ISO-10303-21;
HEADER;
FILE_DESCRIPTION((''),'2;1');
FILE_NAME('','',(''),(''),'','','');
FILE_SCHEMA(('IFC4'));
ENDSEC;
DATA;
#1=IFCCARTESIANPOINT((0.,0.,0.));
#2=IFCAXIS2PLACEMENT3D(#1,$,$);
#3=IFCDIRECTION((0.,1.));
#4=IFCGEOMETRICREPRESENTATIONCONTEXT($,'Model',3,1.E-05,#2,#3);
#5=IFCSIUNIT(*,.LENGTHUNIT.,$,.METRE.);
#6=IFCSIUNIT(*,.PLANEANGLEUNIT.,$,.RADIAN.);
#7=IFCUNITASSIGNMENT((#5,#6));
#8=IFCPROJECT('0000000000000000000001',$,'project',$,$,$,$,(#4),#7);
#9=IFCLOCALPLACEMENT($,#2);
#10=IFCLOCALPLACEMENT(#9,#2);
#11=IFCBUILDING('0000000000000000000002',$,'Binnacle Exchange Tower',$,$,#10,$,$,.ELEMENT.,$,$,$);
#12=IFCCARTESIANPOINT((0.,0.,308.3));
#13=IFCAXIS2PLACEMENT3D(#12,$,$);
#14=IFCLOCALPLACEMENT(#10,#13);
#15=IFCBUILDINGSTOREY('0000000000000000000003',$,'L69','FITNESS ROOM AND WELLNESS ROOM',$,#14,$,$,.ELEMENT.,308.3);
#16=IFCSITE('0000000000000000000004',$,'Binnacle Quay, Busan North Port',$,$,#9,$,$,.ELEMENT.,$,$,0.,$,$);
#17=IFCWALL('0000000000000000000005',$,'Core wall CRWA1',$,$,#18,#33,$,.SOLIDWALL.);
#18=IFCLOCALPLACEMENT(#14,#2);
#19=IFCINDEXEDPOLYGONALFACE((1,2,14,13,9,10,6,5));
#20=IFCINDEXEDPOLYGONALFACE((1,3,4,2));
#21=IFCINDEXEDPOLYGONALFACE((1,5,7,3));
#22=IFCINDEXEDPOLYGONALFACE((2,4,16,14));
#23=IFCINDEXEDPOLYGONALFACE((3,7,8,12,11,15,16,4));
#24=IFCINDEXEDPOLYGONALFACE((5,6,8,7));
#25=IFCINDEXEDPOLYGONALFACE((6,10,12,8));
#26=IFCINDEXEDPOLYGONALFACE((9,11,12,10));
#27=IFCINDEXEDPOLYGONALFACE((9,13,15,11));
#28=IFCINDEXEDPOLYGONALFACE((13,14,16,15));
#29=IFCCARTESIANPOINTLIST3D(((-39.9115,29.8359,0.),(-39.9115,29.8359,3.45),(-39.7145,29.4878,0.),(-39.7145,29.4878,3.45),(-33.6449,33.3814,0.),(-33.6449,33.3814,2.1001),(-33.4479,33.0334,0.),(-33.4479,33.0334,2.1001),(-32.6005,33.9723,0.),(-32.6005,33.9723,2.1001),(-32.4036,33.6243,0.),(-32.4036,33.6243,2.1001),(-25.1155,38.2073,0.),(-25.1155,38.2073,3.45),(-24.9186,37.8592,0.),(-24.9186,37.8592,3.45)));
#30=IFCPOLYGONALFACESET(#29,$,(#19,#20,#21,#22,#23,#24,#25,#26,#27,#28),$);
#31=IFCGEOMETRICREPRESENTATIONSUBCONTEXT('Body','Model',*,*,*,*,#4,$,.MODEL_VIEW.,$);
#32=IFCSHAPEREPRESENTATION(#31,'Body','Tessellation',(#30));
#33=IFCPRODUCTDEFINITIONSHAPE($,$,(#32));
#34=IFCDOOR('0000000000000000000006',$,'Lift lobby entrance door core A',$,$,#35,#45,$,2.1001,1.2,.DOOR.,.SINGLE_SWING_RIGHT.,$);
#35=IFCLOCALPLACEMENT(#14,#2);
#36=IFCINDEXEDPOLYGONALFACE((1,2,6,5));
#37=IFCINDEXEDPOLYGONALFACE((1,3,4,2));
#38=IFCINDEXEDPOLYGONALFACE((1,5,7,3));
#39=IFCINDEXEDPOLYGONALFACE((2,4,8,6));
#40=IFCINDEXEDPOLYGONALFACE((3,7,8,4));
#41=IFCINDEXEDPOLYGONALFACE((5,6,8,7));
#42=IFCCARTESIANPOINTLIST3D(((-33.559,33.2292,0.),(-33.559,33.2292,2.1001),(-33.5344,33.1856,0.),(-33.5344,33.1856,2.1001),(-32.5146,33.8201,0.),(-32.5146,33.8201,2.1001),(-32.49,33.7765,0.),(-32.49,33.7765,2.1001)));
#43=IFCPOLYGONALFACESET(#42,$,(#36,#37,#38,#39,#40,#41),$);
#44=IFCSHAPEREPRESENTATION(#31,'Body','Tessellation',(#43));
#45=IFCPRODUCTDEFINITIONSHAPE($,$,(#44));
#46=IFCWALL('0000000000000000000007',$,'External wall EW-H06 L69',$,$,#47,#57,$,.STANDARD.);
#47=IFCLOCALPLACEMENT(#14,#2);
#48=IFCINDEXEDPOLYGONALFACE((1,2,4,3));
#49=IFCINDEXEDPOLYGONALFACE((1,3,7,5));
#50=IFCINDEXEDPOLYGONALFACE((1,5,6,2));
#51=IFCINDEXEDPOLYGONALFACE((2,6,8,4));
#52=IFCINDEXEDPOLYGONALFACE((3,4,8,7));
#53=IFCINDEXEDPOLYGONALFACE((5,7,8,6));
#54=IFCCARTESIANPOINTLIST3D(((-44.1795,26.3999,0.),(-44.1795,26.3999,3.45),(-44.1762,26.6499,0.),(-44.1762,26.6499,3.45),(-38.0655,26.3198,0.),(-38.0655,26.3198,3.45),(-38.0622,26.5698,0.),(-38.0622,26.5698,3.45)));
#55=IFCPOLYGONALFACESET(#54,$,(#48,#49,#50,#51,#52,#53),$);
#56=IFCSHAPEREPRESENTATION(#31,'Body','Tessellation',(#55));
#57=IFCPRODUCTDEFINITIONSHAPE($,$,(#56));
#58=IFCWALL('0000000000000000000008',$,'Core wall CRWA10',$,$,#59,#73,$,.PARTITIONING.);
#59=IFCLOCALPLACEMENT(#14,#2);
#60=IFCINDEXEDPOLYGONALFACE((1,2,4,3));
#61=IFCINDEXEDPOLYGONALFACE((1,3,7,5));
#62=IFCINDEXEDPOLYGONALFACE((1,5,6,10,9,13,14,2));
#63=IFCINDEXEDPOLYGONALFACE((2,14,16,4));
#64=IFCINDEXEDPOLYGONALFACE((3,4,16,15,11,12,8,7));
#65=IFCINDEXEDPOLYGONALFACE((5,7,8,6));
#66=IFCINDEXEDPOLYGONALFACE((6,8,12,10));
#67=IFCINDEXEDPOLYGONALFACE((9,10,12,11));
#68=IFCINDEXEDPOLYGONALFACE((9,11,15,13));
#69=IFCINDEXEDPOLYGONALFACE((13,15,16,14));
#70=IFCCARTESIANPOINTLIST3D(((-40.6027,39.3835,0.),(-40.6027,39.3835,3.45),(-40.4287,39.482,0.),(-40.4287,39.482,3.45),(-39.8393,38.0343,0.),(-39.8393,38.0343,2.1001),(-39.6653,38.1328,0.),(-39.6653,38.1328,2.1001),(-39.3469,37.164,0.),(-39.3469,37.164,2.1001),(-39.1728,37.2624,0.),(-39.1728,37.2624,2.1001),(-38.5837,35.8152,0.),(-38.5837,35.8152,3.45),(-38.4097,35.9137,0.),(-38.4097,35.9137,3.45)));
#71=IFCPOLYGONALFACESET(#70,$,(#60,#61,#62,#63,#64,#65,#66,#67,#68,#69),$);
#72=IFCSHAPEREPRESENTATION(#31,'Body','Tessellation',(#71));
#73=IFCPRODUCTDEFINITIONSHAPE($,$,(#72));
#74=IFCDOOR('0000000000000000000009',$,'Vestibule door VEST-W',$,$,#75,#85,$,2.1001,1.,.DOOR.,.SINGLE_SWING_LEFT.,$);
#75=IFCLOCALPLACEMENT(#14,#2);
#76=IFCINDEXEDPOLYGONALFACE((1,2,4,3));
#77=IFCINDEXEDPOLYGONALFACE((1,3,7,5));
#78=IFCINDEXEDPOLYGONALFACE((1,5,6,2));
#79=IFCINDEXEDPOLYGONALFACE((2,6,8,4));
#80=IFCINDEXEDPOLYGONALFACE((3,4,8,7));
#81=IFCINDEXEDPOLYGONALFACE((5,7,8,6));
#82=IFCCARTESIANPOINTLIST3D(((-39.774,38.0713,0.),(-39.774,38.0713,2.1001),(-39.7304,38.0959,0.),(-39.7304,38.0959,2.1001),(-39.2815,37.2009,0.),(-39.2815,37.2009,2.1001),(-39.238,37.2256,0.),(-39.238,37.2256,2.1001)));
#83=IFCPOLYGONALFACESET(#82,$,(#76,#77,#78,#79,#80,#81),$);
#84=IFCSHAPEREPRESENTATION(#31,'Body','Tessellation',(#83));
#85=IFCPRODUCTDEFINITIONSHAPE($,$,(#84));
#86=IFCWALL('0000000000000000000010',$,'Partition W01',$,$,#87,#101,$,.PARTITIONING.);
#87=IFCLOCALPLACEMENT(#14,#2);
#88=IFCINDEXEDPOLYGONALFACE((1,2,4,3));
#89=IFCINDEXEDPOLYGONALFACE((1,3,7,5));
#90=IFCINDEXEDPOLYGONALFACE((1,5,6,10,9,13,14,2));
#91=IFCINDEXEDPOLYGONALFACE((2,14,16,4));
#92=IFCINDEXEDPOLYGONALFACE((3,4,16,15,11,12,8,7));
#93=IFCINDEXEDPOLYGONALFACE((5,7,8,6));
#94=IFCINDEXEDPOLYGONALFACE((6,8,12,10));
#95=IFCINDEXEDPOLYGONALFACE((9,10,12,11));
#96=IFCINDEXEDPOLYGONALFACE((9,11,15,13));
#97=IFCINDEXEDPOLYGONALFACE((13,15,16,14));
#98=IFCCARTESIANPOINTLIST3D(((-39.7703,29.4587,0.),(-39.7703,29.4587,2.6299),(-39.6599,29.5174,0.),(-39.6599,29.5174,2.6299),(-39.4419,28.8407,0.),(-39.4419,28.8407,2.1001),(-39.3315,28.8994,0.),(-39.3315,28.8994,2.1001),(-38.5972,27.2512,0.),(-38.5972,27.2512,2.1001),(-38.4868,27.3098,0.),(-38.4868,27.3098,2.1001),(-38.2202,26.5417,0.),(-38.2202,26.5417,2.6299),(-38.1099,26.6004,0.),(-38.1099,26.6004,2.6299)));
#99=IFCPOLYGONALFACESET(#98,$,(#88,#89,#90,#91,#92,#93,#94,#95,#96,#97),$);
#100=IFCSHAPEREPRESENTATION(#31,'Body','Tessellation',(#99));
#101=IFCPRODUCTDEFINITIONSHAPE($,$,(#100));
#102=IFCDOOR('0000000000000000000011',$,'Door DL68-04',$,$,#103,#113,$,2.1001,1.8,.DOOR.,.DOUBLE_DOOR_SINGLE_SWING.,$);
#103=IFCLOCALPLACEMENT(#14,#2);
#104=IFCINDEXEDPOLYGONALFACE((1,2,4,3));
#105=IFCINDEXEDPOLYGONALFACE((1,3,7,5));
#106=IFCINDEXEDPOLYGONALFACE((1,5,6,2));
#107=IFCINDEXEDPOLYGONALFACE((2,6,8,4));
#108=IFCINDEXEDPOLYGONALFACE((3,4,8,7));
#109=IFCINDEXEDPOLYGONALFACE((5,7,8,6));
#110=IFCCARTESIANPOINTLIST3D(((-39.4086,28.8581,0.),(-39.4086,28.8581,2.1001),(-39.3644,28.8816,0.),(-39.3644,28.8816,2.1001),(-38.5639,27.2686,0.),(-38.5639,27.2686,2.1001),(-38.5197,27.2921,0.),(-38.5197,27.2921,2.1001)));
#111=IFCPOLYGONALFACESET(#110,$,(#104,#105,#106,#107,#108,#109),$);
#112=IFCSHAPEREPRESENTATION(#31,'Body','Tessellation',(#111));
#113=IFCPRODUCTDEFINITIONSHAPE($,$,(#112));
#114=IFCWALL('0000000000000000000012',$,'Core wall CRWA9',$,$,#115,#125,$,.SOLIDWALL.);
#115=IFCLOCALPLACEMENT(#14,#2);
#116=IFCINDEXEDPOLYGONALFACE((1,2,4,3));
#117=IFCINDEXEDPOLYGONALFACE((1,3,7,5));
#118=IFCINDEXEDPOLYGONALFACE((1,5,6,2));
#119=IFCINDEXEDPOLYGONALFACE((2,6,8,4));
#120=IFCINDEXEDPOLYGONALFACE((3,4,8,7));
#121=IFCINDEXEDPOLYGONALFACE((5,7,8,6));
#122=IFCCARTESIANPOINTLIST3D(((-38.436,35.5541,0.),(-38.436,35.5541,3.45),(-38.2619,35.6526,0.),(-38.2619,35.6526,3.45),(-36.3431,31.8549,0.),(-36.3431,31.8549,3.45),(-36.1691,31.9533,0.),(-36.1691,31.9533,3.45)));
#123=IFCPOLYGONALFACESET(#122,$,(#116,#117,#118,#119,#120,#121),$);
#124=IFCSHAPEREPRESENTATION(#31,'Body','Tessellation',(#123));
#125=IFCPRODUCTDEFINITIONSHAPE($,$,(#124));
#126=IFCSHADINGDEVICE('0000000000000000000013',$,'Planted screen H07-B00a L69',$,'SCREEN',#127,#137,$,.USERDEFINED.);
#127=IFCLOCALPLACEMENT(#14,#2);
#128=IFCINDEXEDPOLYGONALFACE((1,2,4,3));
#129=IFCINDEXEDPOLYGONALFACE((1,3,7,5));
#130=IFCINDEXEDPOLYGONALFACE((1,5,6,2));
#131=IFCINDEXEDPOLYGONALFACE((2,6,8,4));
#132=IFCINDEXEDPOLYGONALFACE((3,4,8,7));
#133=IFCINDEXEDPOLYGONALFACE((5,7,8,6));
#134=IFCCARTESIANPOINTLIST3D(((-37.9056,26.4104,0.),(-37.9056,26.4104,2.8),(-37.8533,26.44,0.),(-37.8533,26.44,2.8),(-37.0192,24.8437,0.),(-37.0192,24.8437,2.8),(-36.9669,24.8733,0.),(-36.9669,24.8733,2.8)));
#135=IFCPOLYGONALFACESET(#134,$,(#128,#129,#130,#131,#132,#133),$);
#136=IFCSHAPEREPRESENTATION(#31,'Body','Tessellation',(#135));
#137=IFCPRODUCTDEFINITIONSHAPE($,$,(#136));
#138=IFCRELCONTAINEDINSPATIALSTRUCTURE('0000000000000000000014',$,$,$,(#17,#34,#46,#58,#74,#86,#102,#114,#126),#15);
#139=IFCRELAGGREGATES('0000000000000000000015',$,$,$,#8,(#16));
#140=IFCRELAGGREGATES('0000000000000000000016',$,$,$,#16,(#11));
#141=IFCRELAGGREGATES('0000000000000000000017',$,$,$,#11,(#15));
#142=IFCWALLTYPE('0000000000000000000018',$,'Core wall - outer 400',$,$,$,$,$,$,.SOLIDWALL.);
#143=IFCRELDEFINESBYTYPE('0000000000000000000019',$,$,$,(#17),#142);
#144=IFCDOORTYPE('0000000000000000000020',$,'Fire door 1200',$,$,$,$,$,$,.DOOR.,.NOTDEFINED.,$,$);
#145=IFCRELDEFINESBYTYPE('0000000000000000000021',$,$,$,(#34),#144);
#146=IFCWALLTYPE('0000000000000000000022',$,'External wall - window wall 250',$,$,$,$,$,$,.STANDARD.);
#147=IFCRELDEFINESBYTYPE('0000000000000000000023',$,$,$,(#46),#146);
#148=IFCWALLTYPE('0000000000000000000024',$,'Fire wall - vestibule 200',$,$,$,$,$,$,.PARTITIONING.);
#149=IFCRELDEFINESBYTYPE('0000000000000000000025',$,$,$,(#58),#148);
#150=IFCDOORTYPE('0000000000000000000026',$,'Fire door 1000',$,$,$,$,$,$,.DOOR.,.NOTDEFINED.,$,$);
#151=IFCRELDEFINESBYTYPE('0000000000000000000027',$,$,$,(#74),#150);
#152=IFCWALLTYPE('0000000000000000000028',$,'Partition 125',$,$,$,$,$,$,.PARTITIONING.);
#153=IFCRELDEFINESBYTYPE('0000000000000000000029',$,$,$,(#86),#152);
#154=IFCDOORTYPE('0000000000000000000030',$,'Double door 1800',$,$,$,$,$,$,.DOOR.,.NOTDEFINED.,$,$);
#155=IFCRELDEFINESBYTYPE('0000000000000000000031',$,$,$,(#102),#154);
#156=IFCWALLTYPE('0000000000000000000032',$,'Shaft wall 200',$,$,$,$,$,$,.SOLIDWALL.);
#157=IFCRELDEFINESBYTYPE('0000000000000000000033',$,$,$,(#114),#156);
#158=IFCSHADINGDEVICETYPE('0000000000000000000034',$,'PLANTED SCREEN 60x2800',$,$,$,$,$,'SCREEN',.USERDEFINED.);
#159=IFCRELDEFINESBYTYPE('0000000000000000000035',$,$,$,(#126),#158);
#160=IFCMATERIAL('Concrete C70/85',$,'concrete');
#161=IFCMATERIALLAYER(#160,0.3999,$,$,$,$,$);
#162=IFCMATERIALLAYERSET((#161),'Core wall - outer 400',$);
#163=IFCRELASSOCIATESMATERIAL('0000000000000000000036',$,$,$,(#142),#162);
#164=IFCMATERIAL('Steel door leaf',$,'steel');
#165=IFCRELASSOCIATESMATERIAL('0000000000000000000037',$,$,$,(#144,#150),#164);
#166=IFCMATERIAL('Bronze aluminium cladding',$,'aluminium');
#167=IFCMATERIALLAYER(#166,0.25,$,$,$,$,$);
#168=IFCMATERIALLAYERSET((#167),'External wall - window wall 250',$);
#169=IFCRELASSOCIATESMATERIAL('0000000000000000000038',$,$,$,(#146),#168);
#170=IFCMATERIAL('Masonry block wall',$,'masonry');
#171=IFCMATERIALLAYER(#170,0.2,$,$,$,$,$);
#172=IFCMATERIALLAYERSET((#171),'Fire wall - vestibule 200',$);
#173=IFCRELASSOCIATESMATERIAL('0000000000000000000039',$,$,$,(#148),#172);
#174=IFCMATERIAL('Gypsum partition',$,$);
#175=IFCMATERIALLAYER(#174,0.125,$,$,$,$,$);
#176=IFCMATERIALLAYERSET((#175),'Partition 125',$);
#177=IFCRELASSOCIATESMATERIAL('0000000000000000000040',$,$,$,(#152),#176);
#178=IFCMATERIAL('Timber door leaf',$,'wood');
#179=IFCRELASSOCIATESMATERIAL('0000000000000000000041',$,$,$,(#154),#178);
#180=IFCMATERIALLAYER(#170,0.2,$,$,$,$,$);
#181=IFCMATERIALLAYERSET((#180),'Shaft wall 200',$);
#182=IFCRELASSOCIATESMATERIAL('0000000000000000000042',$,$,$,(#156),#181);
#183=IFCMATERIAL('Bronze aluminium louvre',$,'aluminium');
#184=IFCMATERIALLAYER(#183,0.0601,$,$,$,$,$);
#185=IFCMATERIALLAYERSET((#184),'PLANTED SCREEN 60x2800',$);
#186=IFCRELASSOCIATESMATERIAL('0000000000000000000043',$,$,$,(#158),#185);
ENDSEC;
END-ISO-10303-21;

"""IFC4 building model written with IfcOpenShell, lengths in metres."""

from ifc_helpers import new_model, si_unit, direction, frame, frame_2d, origin, origin_2d, place, context, subcontext, project, spatial, rectangle, extrude, material, layer, layer_set, type_object, element, fill, save


model = new_model("IFC4")

# Units and contexts
model_context = context("Model", 3, precision=1e-05, world=origin(), true_north=direction((0.0, 1.0)))
body_context = subcontext(model_context, "Body", "Model", "MODEL_VIEW")
ifc_project = project(units=[si_unit("LENGTHUNIT", "METRE"), si_unit("PLANEANGLEUNIT", "RADIAN")], contexts=[model_context])

# Site, building, storey
site_placement = place(None, origin())
site = spatial("IfcSite", under=ifc_project, at=site_placement, Name="Binnacle Quay, Busan North Port", CompositionType="ELEMENT", RefElevation=0.0)
building_placement = place(site_placement, origin())
building = spatial("IfcBuilding", under=site, at=building_placement, Name="Binnacle Exchange Tower", CompositionType="ELEMENT")
storey_placement = place(building_placement, frame((0.0, 0.0, 308.3)))
storey = spatial("IfcBuildingStorey", under=building, at=storey_placement, Name="L69", Description="FITNESS ROOM AND WELLNESS ROOM", CompositionType="ELEMENT", Elevation=308.3)

# Shared definitions
ifc_material_1 = material(Name="Concrete C70/85", Category="concrete")
ifc_material_2 = material(Name="Steel door leaf", Category="steel")

# Wall, opening, door
ifc_layer_1 = layer(ifc_material_1, 0.3999)
ifc_layer_set_1 = layer_set([ifc_layer_1], Name="Core wall - outer 400")
wall_type_1 = type_object("IfcWallType", Name="Core wall - outer 400", PredefinedType="SOLIDWALL", material=ifc_layer_set_1)
wall_1_placement = place(storey_placement, frame((-39.813, 29.6619, 0.0), z_axis=(0.0, 0.0, 1.0), x_axis=(0.87035, 0.492433, 0.0)))
wall_1 = element("IfcWall", 1, at=wall_1_placement, inside=storey, type_object=wall_type_1, Name="Core wall CRWA1", PredefinedType="SOLIDWALL", context=body_context, shape_type="SweptSolid", body=[
    extrude(rectangle(XDim=17.0, YDim=0.3999, at=frame_2d((8.5, 0.0))), origin(), (0.0, 0.0, 1.0), 3.45),
])
opening_1_placement = place(wall_1_placement, frame((7.2, 0.0, 0.0)))
opening_1 = element("IfcOpeningElement", 2, at=opening_1_placement, cuts=wall_1, PredefinedType="OPENING", context=body_context, shape_type="SweptSolid", body=[
    extrude(rectangle(XDim=1.2, YDim=2.1001, at=frame_2d((0.6001, 1.05))), frame((0.0, 0.21, 0.0), z_axis=(0.0, -1.0, 0.0), x_axis=(1.0, 0.0, 0.0)), (0.0, 0.0, 1.0), 0.4199),
])
door_type_1 = type_object("IfcDoorType", Name="Fire door 1200", OperationType="NOTDEFINED", PredefinedType="DOOR", material=ifc_material_2)
door_1_placement = place(opening_1_placement, frame((1.2, 0.0, 0.0), z_axis=(0.0, 0.0, 1.0), x_axis=(-1.0, 0.0, 0.0)))
door_1 = element("IfcDoor", 3, at=door_1_placement, inside=storey, type_object=door_type_1, Name="Lift lobby entrance door core A", OperationType="SINGLE_SWING_RIGHT", OverallHeight=2.1001, OverallWidth=1.2, PredefinedType="DOOR", context=body_context, shape_type="SweptSolid", body=[
    extrude(rectangle(XDim=1.2, YDim=2.1001, at=frame_2d((0.6001, 1.05))), frame((0.0, 0.0249, 0.0), z_axis=(0.0, -1.0, 0.0), x_axis=(1.0, 0.0, 0.0)), (0.0, 0.0, 1.0), 0.05),
])
fill(opening_1, door_1)

# Wall
ifc_material_3 = material(Name="Bronze aluminium cladding", Category="aluminium")
ifc_layer_2 = layer(ifc_material_3, 0.25)
ifc_layer_set_2 = layer_set([ifc_layer_2], Name="External wall - window wall 250")
wall_type_2 = type_object("IfcWallType", Name="External wall - window wall 250", PredefinedType="STANDARD", material=ifc_layer_set_2)
wall_2_placement = place(storey_placement, frame((-38.064, 26.4448, 0.0), z_axis=(0.0, 0.0, 1.0), x_axis=(-0.999914, 0.013096, 0.0)))
element("IfcWall", 4, at=wall_2_placement, inside=storey, type_object=wall_type_2, Name="External wall EW-H06 L69", PredefinedType="STANDARD", context=body_context, shape_type="SweptSolid", body=[
    extrude(rectangle(XDim=6.1145, YDim=0.25, at=frame_2d((3.0571, 0.0))), origin(), (0.0, 0.0, 1.0), 3.45),
])

# Walls, openings, doors
ifc_material_4 = material(Name="Masonry block wall", Category="masonry")
ifc_layer_3 = layer(ifc_material_4, 0.2)
ifc_layer_set_3 = layer_set([ifc_layer_3], Name="Fire wall - vestibule 200")
wall_type_3 = type_object("IfcWallType", Name="Fire wall - vestibule 200", PredefinedType="PARTITIONING", material=ifc_layer_set_3)
wall_3_placement = place(storey_placement, frame((-40.5156, 39.4326, 0.0), z_axis=(0.0, 0.0, 1.0), x_axis=(0.492454, -0.870339, 0.0)))
wall_3 = element("IfcWall", 5, at=wall_3_placement, inside=storey, type_object=wall_type_3, Name="Core wall CRWA10", PredefinedType="PARTITIONING", context=body_context, shape_type="SweptSolid", body=[
    extrude(rectangle(XDim=4.0999, YDim=0.2, at=frame_2d((2.0498, 0.0))), origin(), (0.0, 0.0, 1.0), 3.45),
])
opening_2_placement = place(wall_3_placement, frame((1.55, 0.0, 0.0)))
opening_2 = element("IfcOpeningElement", 6, at=opening_2_placement, cuts=wall_3, PredefinedType="OPENING", context=body_context, shape_type="SweptSolid", body=[
    extrude(rectangle(XDim=1.0, YDim=2.1001, at=frame_2d((0.5, 1.05))), frame((0.0, 0.1099, 0.0), z_axis=(0.0, -1.0, 0.0), x_axis=(1.0, 0.0, 0.0)), (0.0, 0.0, 1.0), 0.22),
])
door_type_2 = type_object("IfcDoorType", Name="Fire door 1000", OperationType="NOTDEFINED", PredefinedType="DOOR", material=ifc_material_2)
door_2_placement = place(opening_2_placement, frame((1.0, 0.0, 0.0), z_axis=(0.0, 0.0, 1.0), x_axis=(-1.0, 0.0, 0.0)))
door_2 = element("IfcDoor", 7, at=door_2_placement, inside=storey, type_object=door_type_2, Name="Vestibule door VEST-W", OperationType="SINGLE_SWING_LEFT", OverallHeight=2.1001, OverallWidth=1.0, PredefinedType="DOOR", context=body_context, shape_type="SweptSolid", body=[
    extrude(rectangle(XDim=1.0, YDim=2.1001, at=frame_2d((0.5, 1.05))), frame((0.0, 0.0249, 0.0), z_axis=(0.0, -1.0, 0.0), x_axis=(1.0, 0.0, 0.0)), (0.0, 0.0, 1.0), 0.05),
])
fill(opening_2, door_2)
ifc_material_5 = material(Name="Gypsum partition")
ifc_layer_4 = layer(ifc_material_5, 0.125)
ifc_layer_set_4 = layer_set([ifc_layer_4], Name="Partition 125")
wall_type_4 = type_object("IfcWallType", Name="Partition 125", PredefinedType="PARTITIONING", material=ifc_layer_set_4)
wall_4_placement = place(storey_placement, frame((-39.7151, 29.488, 0.0), z_axis=(0.0, 0.0, 1.0), x_axis=(0.469249, -0.883066, 0.0)))
wall_4 = element("IfcWall", 8, at=wall_4_placement, inside=storey, type_object=wall_type_4, Name="Partition W01", PredefinedType="PARTITIONING", context=body_context, shape_type="SweptSolid", body=[
    extrude(rectangle(XDim=3.3032, YDim=0.125, at=frame_2d((1.6516, 0.0))), origin(), (0.0, 0.0, 1.0), 2.6299),
])
opening_3_placement = place(wall_4_placement, frame((0.7, 0.0, 0.0)))
opening_3 = element("IfcOpeningElement", 9, at=opening_3_placement, cuts=wall_4, PredefinedType="OPENING", context=body_context, shape_type="SweptSolid", body=[
    extrude(rectangle(XDim=1.8, YDim=2.1001, at=frame_2d((0.8999, 1.05))), frame((0.0, 0.0725, 0.0), z_axis=(0.0, -1.0, 0.0), x_axis=(1.0, 0.0, 0.0)), (0.0, 0.0, 1.0), 0.145),
])
ifc_material_6 = material(Name="Timber door leaf", Category="wood")
door_type_3 = type_object("IfcDoorType", Name="Double door 1800", OperationType="NOTDEFINED", PredefinedType="DOOR", material=ifc_material_6)
door_3_placement = place(opening_3_placement, frame((1.8, 0.0, 0.0), z_axis=(0.0, 0.0, 1.0), x_axis=(-1.0, 0.0, 0.0)))
door_3 = element("IfcDoor", 10, at=door_3_placement, inside=storey, type_object=door_type_3, Name="Door DL68-04", OperationType="DOUBLE_DOOR_SINGLE_SWING", OverallHeight=2.1001, OverallWidth=1.8, PredefinedType="DOOR", context=body_context, shape_type="SweptSolid", body=[
    extrude(rectangle(XDim=1.8, YDim=2.1001, at=frame_2d((0.8999, 1.05))), frame((0.0, 0.0249, 0.0), z_axis=(0.0, -1.0, 0.0), x_axis=(1.0, 0.0, 0.0)), (0.0, 0.0, 1.0), 0.05),
])
fill(opening_3, door_3)

# Wall
ifc_layer_5 = layer(ifc_material_4, 0.2)
ifc_layer_set_5 = layer_set([ifc_layer_5], Name="Shaft wall 200")
wall_type_5 = type_object("IfcWallType", Name="Shaft wall 200", PredefinedType="SOLIDWALL", material=ifc_layer_set_5)
wall_5_placement = place(storey_placement, frame((-38.3489, 35.6033, 0.0), z_axis=(0.0, 0.0, 1.0), x_axis=(0.492398, -0.87037, 0.0)))
element("IfcWall", 11, at=wall_5_placement, inside=storey, type_object=wall_type_5, Name="Core wall CRWA9", PredefinedType="SOLIDWALL", context=body_context, shape_type="SweptSolid", body=[
    extrude(rectangle(XDim=4.2502, YDim=0.2, at=frame_2d((2.125, 0.0))), origin(), (0.0, 0.0, 1.0), 3.45),
])

# Shading device
ifc_material_7 = material(Name="Bronze aluminium louvre", Category="aluminium")
ifc_layer_6 = layer(ifc_material_7, 0.0601)
ifc_layer_set_6 = layer_set([ifc_layer_6], Name="PLANTED SCREEN 60x2800")
shading_device_type = type_object("IfcShadingDeviceType", Name="PLANTED SCREEN 60x2800", ElementType="SCREEN", PredefinedType="USERDEFINED", material=ifc_layer_set_6)
shading_device_placement = place(storey_placement, frame((-37.4363, 25.6418, 0.0), z_axis=(0.0, 0.0, 1.0), x_axis=(0.870356, 0.492424, 0.0)))
element("IfcShadingDevice", 12, at=shading_device_placement, inside=storey, type_object=shading_device_type, Name="Planted screen H07-B00a L69", ObjectType="SCREEN", PredefinedType="USERDEFINED", context=body_context, shape_type="SweptSolid", body=[
    extrude(rectangle(XDim=0.0601, YDim=1.8, at=origin_2d()), origin(), (0.0, 0.0, 1.0), 2.8),
])

save(model, "model.ifc")
